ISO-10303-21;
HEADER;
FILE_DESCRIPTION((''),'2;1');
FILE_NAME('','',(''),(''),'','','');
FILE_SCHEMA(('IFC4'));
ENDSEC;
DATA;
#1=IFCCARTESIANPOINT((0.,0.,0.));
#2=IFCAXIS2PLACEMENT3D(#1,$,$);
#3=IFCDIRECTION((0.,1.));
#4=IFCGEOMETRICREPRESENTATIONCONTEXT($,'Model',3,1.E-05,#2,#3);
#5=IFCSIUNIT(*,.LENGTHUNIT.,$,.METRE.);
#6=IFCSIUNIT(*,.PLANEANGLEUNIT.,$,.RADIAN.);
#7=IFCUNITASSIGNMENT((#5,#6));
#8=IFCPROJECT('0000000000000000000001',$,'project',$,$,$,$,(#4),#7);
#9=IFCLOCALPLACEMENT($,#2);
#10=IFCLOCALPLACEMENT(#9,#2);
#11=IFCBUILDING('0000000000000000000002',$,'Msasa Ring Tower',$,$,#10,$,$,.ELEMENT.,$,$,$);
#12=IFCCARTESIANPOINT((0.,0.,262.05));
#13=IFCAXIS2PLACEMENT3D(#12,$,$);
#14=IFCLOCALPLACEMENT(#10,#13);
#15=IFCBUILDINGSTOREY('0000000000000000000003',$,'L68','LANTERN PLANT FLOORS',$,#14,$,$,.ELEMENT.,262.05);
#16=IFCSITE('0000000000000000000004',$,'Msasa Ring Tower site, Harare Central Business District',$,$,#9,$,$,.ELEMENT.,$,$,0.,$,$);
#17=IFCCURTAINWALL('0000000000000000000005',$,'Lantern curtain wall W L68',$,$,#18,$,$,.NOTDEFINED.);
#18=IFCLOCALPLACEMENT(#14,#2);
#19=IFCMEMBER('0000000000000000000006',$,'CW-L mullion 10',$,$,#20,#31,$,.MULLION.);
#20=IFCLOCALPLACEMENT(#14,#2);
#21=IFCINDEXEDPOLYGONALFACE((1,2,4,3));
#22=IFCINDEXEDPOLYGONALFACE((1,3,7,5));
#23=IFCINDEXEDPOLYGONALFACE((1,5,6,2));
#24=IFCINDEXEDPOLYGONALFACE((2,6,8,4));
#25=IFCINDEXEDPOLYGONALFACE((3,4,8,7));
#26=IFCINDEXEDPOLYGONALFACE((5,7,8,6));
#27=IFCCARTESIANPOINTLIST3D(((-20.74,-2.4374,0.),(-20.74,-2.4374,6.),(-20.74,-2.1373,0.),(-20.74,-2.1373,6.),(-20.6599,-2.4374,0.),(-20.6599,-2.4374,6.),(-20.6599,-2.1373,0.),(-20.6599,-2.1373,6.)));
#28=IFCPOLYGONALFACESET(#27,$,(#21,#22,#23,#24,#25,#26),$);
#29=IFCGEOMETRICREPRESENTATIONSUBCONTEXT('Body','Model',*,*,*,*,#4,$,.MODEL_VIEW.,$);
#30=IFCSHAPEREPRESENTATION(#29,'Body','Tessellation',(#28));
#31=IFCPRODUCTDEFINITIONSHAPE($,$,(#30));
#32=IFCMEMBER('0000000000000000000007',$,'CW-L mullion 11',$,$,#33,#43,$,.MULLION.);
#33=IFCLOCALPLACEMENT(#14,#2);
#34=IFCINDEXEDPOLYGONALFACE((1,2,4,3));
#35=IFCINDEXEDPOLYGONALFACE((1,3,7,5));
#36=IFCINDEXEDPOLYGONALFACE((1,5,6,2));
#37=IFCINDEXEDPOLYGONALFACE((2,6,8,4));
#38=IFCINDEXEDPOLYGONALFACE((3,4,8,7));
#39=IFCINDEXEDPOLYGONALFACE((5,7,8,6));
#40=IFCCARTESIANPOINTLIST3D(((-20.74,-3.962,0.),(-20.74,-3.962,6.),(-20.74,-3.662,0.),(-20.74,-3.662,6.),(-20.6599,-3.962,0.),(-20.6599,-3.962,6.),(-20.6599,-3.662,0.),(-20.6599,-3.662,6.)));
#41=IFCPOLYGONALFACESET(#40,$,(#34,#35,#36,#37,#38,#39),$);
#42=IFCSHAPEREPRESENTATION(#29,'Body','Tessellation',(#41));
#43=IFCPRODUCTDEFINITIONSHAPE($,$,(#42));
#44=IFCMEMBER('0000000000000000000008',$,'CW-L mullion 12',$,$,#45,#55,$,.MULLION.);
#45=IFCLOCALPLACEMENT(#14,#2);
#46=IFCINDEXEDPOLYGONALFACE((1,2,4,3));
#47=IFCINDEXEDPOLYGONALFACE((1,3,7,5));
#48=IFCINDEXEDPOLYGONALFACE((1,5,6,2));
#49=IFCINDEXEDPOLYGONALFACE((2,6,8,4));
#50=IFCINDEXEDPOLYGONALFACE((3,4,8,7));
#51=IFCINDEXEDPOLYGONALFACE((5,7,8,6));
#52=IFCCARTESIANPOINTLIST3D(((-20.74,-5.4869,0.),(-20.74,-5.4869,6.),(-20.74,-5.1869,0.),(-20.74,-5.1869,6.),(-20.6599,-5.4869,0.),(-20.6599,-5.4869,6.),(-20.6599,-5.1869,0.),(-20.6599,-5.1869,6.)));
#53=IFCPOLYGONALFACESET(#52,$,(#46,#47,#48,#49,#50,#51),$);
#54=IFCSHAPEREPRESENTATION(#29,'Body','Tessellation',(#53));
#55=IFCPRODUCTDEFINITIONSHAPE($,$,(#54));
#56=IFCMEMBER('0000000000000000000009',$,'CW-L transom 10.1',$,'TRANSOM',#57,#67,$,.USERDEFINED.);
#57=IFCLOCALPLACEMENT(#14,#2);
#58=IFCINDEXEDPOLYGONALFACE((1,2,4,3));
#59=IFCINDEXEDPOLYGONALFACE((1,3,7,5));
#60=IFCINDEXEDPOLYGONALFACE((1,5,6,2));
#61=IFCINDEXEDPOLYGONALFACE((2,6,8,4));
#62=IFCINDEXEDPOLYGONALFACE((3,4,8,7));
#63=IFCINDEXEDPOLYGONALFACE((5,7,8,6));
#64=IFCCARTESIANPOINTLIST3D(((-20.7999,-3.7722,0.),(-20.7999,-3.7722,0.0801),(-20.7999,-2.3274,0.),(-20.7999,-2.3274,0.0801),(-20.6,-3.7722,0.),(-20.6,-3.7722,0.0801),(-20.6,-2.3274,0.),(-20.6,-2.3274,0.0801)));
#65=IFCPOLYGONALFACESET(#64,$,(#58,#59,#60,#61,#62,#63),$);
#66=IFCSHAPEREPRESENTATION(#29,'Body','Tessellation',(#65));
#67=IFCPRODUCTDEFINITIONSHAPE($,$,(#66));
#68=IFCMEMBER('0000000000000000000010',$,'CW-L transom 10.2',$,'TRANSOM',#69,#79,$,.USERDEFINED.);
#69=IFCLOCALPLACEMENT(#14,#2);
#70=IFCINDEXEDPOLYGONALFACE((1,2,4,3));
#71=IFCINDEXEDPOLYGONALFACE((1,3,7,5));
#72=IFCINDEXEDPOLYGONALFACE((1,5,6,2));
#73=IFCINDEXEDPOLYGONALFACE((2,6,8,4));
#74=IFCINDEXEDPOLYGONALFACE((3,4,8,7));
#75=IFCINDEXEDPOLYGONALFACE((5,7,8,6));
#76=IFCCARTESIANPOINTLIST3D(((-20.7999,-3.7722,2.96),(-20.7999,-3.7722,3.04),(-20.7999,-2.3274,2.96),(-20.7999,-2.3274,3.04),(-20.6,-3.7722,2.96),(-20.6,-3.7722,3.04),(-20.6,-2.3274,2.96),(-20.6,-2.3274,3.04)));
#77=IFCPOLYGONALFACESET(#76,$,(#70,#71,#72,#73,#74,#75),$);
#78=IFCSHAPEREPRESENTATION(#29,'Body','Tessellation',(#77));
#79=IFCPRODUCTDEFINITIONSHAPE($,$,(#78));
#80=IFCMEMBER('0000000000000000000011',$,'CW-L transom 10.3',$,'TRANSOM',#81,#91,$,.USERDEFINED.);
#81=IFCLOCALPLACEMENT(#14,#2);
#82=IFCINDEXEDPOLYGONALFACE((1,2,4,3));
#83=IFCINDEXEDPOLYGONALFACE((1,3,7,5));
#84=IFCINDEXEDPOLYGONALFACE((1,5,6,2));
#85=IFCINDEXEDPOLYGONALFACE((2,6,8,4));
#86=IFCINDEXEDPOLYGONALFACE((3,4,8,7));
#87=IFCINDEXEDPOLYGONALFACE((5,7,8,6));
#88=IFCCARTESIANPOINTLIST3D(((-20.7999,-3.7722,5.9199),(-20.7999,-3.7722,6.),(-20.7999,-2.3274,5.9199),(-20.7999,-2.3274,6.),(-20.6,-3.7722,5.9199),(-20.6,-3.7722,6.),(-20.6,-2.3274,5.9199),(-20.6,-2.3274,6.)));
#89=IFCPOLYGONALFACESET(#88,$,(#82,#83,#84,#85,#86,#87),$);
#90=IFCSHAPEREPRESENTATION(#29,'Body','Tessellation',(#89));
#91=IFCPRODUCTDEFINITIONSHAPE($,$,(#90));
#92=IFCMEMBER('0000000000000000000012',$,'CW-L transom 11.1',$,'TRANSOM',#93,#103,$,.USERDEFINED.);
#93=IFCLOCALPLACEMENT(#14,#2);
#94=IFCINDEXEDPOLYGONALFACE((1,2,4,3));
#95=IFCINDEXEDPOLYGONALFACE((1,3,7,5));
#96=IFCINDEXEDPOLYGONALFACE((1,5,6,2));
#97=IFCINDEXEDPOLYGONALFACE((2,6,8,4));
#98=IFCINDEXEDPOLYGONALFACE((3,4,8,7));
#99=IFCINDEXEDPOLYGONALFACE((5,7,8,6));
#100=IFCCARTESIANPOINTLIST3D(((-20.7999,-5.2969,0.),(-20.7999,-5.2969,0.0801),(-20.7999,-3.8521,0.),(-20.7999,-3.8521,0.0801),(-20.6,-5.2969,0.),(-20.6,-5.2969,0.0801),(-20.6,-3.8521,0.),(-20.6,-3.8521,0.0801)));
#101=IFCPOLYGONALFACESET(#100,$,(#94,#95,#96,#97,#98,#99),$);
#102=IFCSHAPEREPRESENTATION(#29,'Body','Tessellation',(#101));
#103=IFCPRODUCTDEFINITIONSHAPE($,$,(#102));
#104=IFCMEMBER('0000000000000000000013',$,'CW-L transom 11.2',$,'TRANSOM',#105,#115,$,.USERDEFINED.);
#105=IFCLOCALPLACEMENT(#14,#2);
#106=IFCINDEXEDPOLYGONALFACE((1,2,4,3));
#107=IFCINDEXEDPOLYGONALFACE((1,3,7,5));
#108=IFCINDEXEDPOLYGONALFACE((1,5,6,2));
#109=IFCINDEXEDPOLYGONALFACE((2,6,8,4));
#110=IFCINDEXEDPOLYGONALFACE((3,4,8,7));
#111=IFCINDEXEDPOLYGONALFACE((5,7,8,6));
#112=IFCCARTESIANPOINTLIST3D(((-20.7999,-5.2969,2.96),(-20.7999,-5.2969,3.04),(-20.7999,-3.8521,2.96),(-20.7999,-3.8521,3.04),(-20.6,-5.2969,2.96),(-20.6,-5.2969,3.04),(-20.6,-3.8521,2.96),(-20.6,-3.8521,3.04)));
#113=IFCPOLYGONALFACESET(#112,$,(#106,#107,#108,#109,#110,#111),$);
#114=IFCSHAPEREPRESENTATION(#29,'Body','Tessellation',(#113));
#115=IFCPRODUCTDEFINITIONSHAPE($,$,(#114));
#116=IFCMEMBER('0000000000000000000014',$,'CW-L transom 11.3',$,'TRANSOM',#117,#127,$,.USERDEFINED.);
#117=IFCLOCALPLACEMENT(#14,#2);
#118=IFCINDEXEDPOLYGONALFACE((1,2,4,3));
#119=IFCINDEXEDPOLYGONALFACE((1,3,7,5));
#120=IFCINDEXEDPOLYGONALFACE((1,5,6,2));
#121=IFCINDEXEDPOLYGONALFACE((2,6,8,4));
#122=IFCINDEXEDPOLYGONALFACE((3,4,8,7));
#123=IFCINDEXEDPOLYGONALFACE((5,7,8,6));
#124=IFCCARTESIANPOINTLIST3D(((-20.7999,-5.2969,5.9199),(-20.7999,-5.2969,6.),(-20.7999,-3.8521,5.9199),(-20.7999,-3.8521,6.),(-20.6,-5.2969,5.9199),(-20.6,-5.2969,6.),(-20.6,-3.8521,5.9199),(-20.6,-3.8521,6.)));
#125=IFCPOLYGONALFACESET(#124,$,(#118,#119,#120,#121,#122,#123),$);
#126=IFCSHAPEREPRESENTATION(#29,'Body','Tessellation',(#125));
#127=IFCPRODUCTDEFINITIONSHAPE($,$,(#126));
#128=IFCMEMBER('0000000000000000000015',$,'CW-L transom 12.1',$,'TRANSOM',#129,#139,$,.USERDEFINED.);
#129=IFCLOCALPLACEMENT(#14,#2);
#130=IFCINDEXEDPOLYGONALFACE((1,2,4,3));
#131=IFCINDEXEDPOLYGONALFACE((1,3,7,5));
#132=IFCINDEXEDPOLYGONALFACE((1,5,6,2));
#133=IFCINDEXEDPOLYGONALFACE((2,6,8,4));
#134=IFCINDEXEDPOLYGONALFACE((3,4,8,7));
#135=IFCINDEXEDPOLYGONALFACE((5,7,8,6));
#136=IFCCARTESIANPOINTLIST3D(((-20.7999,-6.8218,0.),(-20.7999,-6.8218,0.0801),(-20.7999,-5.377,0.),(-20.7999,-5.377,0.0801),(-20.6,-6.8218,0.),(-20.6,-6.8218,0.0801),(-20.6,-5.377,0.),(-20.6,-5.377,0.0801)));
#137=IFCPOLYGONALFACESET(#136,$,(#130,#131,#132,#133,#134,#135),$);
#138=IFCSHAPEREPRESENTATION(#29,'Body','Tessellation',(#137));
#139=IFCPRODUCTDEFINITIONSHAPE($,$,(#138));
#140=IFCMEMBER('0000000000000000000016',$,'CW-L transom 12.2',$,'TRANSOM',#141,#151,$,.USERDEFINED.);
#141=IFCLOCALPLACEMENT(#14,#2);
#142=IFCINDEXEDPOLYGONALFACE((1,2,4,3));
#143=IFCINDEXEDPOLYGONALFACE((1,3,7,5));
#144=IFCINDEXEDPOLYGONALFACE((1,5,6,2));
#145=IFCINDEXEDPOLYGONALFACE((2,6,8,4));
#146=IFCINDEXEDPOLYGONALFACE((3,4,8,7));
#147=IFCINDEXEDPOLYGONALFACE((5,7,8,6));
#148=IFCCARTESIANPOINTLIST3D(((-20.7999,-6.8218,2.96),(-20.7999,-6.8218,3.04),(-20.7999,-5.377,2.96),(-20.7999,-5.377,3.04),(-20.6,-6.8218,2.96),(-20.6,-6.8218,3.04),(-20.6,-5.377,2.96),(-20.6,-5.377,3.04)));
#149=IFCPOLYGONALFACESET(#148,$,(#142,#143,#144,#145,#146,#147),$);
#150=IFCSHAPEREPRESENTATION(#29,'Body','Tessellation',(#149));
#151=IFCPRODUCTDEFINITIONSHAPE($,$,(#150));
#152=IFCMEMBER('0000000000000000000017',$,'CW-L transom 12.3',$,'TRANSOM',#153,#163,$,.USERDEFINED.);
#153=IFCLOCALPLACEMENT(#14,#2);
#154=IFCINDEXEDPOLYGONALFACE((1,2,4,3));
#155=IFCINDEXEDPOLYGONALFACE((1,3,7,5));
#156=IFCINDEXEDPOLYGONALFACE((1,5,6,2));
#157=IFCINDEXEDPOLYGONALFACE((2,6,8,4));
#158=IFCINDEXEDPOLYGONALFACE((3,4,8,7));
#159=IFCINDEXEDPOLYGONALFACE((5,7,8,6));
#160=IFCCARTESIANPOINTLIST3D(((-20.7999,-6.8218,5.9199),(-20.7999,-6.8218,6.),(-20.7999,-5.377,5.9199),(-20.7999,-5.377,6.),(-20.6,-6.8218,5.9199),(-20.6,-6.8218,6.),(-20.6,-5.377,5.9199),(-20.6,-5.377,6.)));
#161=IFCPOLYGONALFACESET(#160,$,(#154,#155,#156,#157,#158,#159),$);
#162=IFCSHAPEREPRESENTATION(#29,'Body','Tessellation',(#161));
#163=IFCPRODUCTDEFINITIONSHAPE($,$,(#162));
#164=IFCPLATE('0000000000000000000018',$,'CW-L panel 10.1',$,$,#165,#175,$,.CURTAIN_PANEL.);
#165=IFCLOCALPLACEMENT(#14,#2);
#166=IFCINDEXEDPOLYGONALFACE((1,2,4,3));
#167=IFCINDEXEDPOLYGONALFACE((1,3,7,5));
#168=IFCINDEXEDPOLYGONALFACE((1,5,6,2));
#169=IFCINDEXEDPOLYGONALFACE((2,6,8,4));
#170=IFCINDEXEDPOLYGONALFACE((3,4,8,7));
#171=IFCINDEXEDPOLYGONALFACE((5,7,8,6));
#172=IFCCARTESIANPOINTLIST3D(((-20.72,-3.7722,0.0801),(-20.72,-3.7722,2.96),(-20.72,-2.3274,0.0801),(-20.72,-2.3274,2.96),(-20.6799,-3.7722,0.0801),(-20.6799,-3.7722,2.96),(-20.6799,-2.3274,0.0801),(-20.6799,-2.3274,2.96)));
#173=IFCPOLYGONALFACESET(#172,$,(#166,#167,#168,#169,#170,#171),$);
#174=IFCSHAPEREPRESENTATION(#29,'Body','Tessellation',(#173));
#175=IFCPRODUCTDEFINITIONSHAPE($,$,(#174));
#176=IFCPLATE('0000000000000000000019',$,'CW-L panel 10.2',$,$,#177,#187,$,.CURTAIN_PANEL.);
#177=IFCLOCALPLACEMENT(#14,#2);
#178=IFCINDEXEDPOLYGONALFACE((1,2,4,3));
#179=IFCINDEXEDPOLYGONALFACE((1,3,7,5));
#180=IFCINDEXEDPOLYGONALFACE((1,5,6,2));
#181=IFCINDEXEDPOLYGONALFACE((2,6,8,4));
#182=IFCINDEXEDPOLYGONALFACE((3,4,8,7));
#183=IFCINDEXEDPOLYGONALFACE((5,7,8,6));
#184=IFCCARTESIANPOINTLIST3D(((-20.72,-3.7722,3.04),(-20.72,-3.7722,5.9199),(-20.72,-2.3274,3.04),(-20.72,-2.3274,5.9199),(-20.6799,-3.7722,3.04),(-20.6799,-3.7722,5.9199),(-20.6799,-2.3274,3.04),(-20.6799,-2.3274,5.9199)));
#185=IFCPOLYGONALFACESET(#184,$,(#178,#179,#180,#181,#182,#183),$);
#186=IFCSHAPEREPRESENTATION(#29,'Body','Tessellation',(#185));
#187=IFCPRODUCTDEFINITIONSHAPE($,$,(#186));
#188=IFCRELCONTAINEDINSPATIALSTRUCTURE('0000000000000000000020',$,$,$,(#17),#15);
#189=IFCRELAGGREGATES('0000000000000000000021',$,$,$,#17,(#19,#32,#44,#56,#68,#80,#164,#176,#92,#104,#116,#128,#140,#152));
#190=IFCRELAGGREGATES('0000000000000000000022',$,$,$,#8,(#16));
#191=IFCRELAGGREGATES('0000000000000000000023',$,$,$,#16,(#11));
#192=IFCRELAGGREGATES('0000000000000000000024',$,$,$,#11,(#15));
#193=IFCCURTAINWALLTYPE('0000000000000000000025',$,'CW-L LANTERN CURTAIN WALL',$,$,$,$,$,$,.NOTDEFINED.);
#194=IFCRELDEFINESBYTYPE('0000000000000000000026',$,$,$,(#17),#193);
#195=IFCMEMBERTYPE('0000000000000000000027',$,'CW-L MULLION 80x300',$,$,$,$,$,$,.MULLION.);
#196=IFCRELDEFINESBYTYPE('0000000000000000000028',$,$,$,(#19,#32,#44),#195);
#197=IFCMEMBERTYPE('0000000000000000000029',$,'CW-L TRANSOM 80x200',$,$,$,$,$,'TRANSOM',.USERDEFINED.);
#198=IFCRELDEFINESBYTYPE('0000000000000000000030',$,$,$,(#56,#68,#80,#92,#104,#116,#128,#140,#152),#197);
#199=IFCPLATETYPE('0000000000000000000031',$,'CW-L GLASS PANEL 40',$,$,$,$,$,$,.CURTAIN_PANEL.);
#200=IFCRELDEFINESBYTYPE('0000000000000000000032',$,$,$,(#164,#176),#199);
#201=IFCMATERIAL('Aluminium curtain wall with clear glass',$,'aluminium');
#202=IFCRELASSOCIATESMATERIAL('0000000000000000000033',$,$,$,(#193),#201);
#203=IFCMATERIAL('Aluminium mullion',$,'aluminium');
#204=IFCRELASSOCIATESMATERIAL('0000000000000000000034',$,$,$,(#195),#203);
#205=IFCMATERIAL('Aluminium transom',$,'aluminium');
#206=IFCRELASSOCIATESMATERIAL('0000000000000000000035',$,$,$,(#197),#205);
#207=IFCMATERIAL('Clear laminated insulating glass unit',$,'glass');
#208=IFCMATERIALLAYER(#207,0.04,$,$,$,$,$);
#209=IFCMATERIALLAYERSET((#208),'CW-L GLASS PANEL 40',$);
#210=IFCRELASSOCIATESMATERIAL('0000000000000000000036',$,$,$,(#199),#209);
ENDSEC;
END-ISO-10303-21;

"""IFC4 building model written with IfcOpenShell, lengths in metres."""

from ifc_helpers import new_model, si_unit, direction, frame, origin, origin_2d, place, context, subcontext, project, spatial, rectangle, extrude, material, layer, layer_set, material_profile, profile_set, type_object, element, aggregate, save


model = new_model("IFC4")

# Units and contexts
model_context = context("Model", 3, precision=1e-05, world=origin(), true_north=direction((0.0, 1.0)))
body_context = subcontext(model_context, "Body", "Model", "MODEL_VIEW")
ifc_project = project(units=[si_unit("LENGTHUNIT", "METRE"), si_unit("PLANEANGLEUNIT", "RADIAN")], contexts=[model_context])

# Site, building, storey
site_placement = place(None, origin())
site = spatial("IfcSite", under=ifc_project, at=site_placement, Name="Msasa Ring Tower site, Harare Central Business District", CompositionType="ELEMENT", RefElevation=0.0)
building_placement = place(site_placement, origin())
building = spatial("IfcBuilding", under=site, at=building_placement, Name="Msasa Ring Tower", CompositionType="ELEMENT")
storey_placement = place(building_placement, frame((0.0, 0.0, 262.05)))
storey = spatial("IfcBuildingStorey", under=building, at=storey_placement, Name="L68", Description="LANTERN PLANT FLOORS", CompositionType="ELEMENT", Elevation=262.05)

# Curtain wall, members, plates
ifc_material_1 = material(Name="Aluminium curtain wall with clear glass", Category="aluminium")
curtain_wall_type = type_object("IfcCurtainWallType", Name="CW-L LANTERN CURTAIN WALL", PredefinedType="NOTDEFINED", material=ifc_material_1)
curtain_wall_placement = place(storey_placement, origin())
curtain_wall = element("IfcCurtainWall", 1, at=curtain_wall_placement, inside=storey, type_object=curtain_wall_type, Name="Lantern curtain wall W L68", PredefinedType="NOTDEFINED")
ifc_material_2 = material(Name="Aluminium mullion", Category="aluminium")
ifc_material_profile_1 = material_profile(ifc_material_2, rectangle(XDim=0.0801, YDim=0.3, at=origin_2d()), Name="AL 80x300")
ifc_profile_set_1 = profile_set([ifc_material_profile_1], Name="Aluminium mullion")
member_type_1 = type_object("IfcMemberType", Name="CW-L MULLION 80x300", PredefinedType="MULLION", material=ifc_profile_set_1)
member_1_placement = place(storey_placement, frame((-20.7, -2.2874, 0.0), z_axis=(0.0, 0.0, 1.0), x_axis=(1.0, 0.0, 0.0)))
member_1 = element("IfcMember", 2, at=member_1_placement, type_object=member_type_1, Name="CW-L mullion 10", PredefinedType="MULLION", context=body_context, shape_type="SweptSolid", body=[
    extrude(rectangle(XDim=0.0801, YDim=0.3, at=origin_2d()), origin(), (0.0, 0.0, 1.0), 6.0),
])
member_2_placement = place(storey_placement, frame((-20.7, -3.812, 0.0), z_axis=(0.0, 0.0, 1.0), x_axis=(1.0, 0.0, 0.0)))
member_2 = element("IfcMember", 3, at=member_2_placement, type_object=member_type_1, Name="CW-L mullion 11", PredefinedType="MULLION", context=body_context, shape_type="SweptSolid", body=[
    extrude(rectangle(XDim=0.0801, YDim=0.3, at=origin_2d()), origin(), (0.0, 0.0, 1.0), 6.0),
])
member_3_placement = place(storey_placement, frame((-20.7, -5.3369, 0.0), z_axis=(0.0, 0.0, 1.0), x_axis=(1.0, 0.0, 0.0)))
member_3 = element("IfcMember", 4, at=member_3_placement, type_object=member_type_1, Name="CW-L mullion 12", PredefinedType="MULLION", context=body_context, shape_type="SweptSolid", body=[
    extrude(rectangle(XDim=0.0801, YDim=0.3, at=origin_2d()), origin(), (0.0, 0.0, 1.0), 6.0),
])
ifc_material_3 = material(Name="Aluminium transom", Category="aluminium")
ifc_material_profile_2 = material_profile(ifc_material_3, rectangle(XDim=0.2, YDim=0.0801, at=origin_2d()), Name="AL 80x200")
ifc_profile_set_2 = profile_set([ifc_material_profile_2], Name="Aluminium transom")
member_type_2 = type_object("IfcMemberType", Name="CW-L TRANSOM 80x200", ElementType="TRANSOM", PredefinedType="USERDEFINED", material=ifc_profile_set_2)
member_4_placement = place(storey_placement, frame((-20.7, -2.3274, 0.04), z_axis=(0.0, -1.0, 0.0), x_axis=(1.0, 0.0, 0.0)))
member_4 = element("IfcMember", 5, at=member_4_placement, type_object=member_type_2, Name="CW-L transom 10.1", ObjectType="TRANSOM", PredefinedType="USERDEFINED", context=body_context, shape_type="SweptSolid", body=[
    extrude(rectangle(XDim=0.2, YDim=0.0801, at=origin_2d()), origin(), (0.0, 0.0, 1.0), 1.4448),
])
member_5_placement = place(storey_placement, frame((-20.7, -2.3274, 3.0), z_axis=(0.0, -1.0, 0.0), x_axis=(1.0, 0.0, 0.0)))
member_5 = element("IfcMember", 6, at=member_5_placement, type_object=member_type_2, Name="CW-L transom 10.2", ObjectType="TRANSOM", PredefinedType="USERDEFINED", context=body_context, shape_type="SweptSolid", body=[
    extrude(rectangle(XDim=0.2, YDim=0.0801, at=origin_2d()), origin(), (0.0, 0.0, 1.0), 1.4448),
])
member_6_placement = place(storey_placement, frame((-20.7, -2.3274, 5.96), z_axis=(0.0, -1.0, 0.0), x_axis=(1.0, 0.0, 0.0)))
member_6 = element("IfcMember", 7, at=member_6_placement, type_object=member_type_2, Name="CW-L transom 10.3", ObjectType="TRANSOM", PredefinedType="USERDEFINED", context=body_context, shape_type="SweptSolid", body=[
    extrude(rectangle(XDim=0.2, YDim=0.0801, at=origin_2d()), origin(), (0.0, 0.0, 1.0), 1.4448),
])
member_7_placement = place(storey_placement, frame((-20.7, -3.8521, 0.04), z_axis=(0.0, -1.0, 0.0), x_axis=(1.0, 0.0, 0.0)))
member_7 = element("IfcMember", 8, at=member_7_placement, type_object=member_type_2, Name="CW-L transom 11.1", ObjectType="TRANSOM", PredefinedType="USERDEFINED", context=body_context, shape_type="SweptSolid", body=[
    extrude(rectangle(XDim=0.2, YDim=0.0801, at=origin_2d()), origin(), (0.0, 0.0, 1.0), 1.4448),
])
member_8_placement = place(storey_placement, frame((-20.7, -3.8521, 3.0), z_axis=(0.0, -1.0, 0.0), x_axis=(1.0, 0.0, 0.0)))
member_8 = element("IfcMember", 9, at=member_8_placement, type_object=member_type_2, Name="CW-L transom 11.2", ObjectType="TRANSOM", PredefinedType="USERDEFINED", context=body_context, shape_type="SweptSolid", body=[
    extrude(rectangle(XDim=0.2, YDim=0.0801, at=origin_2d()), origin(), (0.0, 0.0, 1.0), 1.4448),
])
member_9_placement = place(storey_placement, frame((-20.7, -3.8521, 5.96), z_axis=(0.0, -1.0, 0.0), x_axis=(1.0, 0.0, 0.0)))
member_9 = element("IfcMember", 10, at=member_9_placement, type_object=member_type_2, Name="CW-L transom 11.3", ObjectType="TRANSOM", PredefinedType="USERDEFINED", context=body_context, shape_type="SweptSolid", body=[
    extrude(rectangle(XDim=0.2, YDim=0.0801, at=origin_2d()), origin(), (0.0, 0.0, 1.0), 1.4448),
])
member_10_placement = place(storey_placement, frame((-20.7, -5.377, 0.04), z_axis=(0.0, -1.0, 0.0), x_axis=(1.0, 0.0, 0.0)))
member_10 = element("IfcMember", 11, at=member_10_placement, type_object=member_type_2, Name="CW-L transom 12.1", ObjectType="TRANSOM", PredefinedType="USERDEFINED", context=body_context, shape_type="SweptSolid", body=[
    extrude(rectangle(XDim=0.2, YDim=0.0801, at=origin_2d()), origin(), (0.0, 0.0, 1.0), 1.4448),
])
member_11_placement = place(storey_placement, frame((-20.7, -5.377, 3.0), z_axis=(0.0, -1.0, 0.0), x_axis=(1.0, 0.0, 0.0)))
member_11 = element("IfcMember", 12, at=member_11_placement, type_object=member_type_2, Name="CW-L transom 12.2", ObjectType="TRANSOM", PredefinedType="USERDEFINED", context=body_context, shape_type="SweptSolid", body=[
    extrude(rectangle(XDim=0.2, YDim=0.0801, at=origin_2d()), origin(), (0.0, 0.0, 1.0), 1.4448),
])
member_12_placement = place(storey_placement, frame((-20.7, -5.377, 5.96), z_axis=(0.0, -1.0, 0.0), x_axis=(1.0, 0.0, 0.0)))
member_12 = element("IfcMember", 13, at=member_12_placement, type_object=member_type_2, Name="CW-L transom 12.3", ObjectType="TRANSOM", PredefinedType="USERDEFINED", context=body_context, shape_type="SweptSolid", body=[
    extrude(rectangle(XDim=0.2, YDim=0.0801, at=origin_2d()), origin(), (0.0, 0.0, 1.0), 1.4448),
])
ifc_material_4 = material(Name="Clear laminated insulating glass unit", Category="glass")
ifc_layer = layer(ifc_material_4, 0.04)
ifc_layer_set = layer_set([ifc_layer], Name="CW-L GLASS PANEL 40")
plate_type = type_object("IfcPlateType", Name="CW-L GLASS PANEL 40", PredefinedType="CURTAIN_PANEL", material=ifc_layer_set)
plate_1_placement = place(storey_placement, frame((-20.7, -3.0498, 0.0801), z_axis=(0.0, 0.0, 1.0), x_axis=(0.0, -1.0, 0.0)))
plate_1 = element("IfcPlate", 14, at=plate_1_placement, type_object=plate_type, Name="CW-L panel 10.1", PredefinedType="CURTAIN_PANEL", context=body_context, shape_type="SweptSolid", body=[
    extrude(rectangle(XDim=1.4448, YDim=0.04, at=origin_2d()), origin(), (0.0, 0.0, 1.0), 2.8799),
])
plate_2_placement = place(storey_placement, frame((-20.7, -3.0498, 3.04), z_axis=(0.0, 0.0, 1.0), x_axis=(0.0, -1.0, 0.0)))
plate_2 = element("IfcPlate", 15, at=plate_2_placement, type_object=plate_type, Name="CW-L panel 10.2", PredefinedType="CURTAIN_PANEL", context=body_context, shape_type="SweptSolid", body=[
    extrude(rectangle(XDim=1.4448, YDim=0.04, at=origin_2d()), origin(), (0.0, 0.0, 1.0), 2.8799),
])
aggregate(curtain_wall, [member_1, member_2, member_3, member_4, member_5, member_6, plate_1, plate_2, member_7, member_8, member_9, member_10, member_11, member_12])

save(model, "model.ifc")
